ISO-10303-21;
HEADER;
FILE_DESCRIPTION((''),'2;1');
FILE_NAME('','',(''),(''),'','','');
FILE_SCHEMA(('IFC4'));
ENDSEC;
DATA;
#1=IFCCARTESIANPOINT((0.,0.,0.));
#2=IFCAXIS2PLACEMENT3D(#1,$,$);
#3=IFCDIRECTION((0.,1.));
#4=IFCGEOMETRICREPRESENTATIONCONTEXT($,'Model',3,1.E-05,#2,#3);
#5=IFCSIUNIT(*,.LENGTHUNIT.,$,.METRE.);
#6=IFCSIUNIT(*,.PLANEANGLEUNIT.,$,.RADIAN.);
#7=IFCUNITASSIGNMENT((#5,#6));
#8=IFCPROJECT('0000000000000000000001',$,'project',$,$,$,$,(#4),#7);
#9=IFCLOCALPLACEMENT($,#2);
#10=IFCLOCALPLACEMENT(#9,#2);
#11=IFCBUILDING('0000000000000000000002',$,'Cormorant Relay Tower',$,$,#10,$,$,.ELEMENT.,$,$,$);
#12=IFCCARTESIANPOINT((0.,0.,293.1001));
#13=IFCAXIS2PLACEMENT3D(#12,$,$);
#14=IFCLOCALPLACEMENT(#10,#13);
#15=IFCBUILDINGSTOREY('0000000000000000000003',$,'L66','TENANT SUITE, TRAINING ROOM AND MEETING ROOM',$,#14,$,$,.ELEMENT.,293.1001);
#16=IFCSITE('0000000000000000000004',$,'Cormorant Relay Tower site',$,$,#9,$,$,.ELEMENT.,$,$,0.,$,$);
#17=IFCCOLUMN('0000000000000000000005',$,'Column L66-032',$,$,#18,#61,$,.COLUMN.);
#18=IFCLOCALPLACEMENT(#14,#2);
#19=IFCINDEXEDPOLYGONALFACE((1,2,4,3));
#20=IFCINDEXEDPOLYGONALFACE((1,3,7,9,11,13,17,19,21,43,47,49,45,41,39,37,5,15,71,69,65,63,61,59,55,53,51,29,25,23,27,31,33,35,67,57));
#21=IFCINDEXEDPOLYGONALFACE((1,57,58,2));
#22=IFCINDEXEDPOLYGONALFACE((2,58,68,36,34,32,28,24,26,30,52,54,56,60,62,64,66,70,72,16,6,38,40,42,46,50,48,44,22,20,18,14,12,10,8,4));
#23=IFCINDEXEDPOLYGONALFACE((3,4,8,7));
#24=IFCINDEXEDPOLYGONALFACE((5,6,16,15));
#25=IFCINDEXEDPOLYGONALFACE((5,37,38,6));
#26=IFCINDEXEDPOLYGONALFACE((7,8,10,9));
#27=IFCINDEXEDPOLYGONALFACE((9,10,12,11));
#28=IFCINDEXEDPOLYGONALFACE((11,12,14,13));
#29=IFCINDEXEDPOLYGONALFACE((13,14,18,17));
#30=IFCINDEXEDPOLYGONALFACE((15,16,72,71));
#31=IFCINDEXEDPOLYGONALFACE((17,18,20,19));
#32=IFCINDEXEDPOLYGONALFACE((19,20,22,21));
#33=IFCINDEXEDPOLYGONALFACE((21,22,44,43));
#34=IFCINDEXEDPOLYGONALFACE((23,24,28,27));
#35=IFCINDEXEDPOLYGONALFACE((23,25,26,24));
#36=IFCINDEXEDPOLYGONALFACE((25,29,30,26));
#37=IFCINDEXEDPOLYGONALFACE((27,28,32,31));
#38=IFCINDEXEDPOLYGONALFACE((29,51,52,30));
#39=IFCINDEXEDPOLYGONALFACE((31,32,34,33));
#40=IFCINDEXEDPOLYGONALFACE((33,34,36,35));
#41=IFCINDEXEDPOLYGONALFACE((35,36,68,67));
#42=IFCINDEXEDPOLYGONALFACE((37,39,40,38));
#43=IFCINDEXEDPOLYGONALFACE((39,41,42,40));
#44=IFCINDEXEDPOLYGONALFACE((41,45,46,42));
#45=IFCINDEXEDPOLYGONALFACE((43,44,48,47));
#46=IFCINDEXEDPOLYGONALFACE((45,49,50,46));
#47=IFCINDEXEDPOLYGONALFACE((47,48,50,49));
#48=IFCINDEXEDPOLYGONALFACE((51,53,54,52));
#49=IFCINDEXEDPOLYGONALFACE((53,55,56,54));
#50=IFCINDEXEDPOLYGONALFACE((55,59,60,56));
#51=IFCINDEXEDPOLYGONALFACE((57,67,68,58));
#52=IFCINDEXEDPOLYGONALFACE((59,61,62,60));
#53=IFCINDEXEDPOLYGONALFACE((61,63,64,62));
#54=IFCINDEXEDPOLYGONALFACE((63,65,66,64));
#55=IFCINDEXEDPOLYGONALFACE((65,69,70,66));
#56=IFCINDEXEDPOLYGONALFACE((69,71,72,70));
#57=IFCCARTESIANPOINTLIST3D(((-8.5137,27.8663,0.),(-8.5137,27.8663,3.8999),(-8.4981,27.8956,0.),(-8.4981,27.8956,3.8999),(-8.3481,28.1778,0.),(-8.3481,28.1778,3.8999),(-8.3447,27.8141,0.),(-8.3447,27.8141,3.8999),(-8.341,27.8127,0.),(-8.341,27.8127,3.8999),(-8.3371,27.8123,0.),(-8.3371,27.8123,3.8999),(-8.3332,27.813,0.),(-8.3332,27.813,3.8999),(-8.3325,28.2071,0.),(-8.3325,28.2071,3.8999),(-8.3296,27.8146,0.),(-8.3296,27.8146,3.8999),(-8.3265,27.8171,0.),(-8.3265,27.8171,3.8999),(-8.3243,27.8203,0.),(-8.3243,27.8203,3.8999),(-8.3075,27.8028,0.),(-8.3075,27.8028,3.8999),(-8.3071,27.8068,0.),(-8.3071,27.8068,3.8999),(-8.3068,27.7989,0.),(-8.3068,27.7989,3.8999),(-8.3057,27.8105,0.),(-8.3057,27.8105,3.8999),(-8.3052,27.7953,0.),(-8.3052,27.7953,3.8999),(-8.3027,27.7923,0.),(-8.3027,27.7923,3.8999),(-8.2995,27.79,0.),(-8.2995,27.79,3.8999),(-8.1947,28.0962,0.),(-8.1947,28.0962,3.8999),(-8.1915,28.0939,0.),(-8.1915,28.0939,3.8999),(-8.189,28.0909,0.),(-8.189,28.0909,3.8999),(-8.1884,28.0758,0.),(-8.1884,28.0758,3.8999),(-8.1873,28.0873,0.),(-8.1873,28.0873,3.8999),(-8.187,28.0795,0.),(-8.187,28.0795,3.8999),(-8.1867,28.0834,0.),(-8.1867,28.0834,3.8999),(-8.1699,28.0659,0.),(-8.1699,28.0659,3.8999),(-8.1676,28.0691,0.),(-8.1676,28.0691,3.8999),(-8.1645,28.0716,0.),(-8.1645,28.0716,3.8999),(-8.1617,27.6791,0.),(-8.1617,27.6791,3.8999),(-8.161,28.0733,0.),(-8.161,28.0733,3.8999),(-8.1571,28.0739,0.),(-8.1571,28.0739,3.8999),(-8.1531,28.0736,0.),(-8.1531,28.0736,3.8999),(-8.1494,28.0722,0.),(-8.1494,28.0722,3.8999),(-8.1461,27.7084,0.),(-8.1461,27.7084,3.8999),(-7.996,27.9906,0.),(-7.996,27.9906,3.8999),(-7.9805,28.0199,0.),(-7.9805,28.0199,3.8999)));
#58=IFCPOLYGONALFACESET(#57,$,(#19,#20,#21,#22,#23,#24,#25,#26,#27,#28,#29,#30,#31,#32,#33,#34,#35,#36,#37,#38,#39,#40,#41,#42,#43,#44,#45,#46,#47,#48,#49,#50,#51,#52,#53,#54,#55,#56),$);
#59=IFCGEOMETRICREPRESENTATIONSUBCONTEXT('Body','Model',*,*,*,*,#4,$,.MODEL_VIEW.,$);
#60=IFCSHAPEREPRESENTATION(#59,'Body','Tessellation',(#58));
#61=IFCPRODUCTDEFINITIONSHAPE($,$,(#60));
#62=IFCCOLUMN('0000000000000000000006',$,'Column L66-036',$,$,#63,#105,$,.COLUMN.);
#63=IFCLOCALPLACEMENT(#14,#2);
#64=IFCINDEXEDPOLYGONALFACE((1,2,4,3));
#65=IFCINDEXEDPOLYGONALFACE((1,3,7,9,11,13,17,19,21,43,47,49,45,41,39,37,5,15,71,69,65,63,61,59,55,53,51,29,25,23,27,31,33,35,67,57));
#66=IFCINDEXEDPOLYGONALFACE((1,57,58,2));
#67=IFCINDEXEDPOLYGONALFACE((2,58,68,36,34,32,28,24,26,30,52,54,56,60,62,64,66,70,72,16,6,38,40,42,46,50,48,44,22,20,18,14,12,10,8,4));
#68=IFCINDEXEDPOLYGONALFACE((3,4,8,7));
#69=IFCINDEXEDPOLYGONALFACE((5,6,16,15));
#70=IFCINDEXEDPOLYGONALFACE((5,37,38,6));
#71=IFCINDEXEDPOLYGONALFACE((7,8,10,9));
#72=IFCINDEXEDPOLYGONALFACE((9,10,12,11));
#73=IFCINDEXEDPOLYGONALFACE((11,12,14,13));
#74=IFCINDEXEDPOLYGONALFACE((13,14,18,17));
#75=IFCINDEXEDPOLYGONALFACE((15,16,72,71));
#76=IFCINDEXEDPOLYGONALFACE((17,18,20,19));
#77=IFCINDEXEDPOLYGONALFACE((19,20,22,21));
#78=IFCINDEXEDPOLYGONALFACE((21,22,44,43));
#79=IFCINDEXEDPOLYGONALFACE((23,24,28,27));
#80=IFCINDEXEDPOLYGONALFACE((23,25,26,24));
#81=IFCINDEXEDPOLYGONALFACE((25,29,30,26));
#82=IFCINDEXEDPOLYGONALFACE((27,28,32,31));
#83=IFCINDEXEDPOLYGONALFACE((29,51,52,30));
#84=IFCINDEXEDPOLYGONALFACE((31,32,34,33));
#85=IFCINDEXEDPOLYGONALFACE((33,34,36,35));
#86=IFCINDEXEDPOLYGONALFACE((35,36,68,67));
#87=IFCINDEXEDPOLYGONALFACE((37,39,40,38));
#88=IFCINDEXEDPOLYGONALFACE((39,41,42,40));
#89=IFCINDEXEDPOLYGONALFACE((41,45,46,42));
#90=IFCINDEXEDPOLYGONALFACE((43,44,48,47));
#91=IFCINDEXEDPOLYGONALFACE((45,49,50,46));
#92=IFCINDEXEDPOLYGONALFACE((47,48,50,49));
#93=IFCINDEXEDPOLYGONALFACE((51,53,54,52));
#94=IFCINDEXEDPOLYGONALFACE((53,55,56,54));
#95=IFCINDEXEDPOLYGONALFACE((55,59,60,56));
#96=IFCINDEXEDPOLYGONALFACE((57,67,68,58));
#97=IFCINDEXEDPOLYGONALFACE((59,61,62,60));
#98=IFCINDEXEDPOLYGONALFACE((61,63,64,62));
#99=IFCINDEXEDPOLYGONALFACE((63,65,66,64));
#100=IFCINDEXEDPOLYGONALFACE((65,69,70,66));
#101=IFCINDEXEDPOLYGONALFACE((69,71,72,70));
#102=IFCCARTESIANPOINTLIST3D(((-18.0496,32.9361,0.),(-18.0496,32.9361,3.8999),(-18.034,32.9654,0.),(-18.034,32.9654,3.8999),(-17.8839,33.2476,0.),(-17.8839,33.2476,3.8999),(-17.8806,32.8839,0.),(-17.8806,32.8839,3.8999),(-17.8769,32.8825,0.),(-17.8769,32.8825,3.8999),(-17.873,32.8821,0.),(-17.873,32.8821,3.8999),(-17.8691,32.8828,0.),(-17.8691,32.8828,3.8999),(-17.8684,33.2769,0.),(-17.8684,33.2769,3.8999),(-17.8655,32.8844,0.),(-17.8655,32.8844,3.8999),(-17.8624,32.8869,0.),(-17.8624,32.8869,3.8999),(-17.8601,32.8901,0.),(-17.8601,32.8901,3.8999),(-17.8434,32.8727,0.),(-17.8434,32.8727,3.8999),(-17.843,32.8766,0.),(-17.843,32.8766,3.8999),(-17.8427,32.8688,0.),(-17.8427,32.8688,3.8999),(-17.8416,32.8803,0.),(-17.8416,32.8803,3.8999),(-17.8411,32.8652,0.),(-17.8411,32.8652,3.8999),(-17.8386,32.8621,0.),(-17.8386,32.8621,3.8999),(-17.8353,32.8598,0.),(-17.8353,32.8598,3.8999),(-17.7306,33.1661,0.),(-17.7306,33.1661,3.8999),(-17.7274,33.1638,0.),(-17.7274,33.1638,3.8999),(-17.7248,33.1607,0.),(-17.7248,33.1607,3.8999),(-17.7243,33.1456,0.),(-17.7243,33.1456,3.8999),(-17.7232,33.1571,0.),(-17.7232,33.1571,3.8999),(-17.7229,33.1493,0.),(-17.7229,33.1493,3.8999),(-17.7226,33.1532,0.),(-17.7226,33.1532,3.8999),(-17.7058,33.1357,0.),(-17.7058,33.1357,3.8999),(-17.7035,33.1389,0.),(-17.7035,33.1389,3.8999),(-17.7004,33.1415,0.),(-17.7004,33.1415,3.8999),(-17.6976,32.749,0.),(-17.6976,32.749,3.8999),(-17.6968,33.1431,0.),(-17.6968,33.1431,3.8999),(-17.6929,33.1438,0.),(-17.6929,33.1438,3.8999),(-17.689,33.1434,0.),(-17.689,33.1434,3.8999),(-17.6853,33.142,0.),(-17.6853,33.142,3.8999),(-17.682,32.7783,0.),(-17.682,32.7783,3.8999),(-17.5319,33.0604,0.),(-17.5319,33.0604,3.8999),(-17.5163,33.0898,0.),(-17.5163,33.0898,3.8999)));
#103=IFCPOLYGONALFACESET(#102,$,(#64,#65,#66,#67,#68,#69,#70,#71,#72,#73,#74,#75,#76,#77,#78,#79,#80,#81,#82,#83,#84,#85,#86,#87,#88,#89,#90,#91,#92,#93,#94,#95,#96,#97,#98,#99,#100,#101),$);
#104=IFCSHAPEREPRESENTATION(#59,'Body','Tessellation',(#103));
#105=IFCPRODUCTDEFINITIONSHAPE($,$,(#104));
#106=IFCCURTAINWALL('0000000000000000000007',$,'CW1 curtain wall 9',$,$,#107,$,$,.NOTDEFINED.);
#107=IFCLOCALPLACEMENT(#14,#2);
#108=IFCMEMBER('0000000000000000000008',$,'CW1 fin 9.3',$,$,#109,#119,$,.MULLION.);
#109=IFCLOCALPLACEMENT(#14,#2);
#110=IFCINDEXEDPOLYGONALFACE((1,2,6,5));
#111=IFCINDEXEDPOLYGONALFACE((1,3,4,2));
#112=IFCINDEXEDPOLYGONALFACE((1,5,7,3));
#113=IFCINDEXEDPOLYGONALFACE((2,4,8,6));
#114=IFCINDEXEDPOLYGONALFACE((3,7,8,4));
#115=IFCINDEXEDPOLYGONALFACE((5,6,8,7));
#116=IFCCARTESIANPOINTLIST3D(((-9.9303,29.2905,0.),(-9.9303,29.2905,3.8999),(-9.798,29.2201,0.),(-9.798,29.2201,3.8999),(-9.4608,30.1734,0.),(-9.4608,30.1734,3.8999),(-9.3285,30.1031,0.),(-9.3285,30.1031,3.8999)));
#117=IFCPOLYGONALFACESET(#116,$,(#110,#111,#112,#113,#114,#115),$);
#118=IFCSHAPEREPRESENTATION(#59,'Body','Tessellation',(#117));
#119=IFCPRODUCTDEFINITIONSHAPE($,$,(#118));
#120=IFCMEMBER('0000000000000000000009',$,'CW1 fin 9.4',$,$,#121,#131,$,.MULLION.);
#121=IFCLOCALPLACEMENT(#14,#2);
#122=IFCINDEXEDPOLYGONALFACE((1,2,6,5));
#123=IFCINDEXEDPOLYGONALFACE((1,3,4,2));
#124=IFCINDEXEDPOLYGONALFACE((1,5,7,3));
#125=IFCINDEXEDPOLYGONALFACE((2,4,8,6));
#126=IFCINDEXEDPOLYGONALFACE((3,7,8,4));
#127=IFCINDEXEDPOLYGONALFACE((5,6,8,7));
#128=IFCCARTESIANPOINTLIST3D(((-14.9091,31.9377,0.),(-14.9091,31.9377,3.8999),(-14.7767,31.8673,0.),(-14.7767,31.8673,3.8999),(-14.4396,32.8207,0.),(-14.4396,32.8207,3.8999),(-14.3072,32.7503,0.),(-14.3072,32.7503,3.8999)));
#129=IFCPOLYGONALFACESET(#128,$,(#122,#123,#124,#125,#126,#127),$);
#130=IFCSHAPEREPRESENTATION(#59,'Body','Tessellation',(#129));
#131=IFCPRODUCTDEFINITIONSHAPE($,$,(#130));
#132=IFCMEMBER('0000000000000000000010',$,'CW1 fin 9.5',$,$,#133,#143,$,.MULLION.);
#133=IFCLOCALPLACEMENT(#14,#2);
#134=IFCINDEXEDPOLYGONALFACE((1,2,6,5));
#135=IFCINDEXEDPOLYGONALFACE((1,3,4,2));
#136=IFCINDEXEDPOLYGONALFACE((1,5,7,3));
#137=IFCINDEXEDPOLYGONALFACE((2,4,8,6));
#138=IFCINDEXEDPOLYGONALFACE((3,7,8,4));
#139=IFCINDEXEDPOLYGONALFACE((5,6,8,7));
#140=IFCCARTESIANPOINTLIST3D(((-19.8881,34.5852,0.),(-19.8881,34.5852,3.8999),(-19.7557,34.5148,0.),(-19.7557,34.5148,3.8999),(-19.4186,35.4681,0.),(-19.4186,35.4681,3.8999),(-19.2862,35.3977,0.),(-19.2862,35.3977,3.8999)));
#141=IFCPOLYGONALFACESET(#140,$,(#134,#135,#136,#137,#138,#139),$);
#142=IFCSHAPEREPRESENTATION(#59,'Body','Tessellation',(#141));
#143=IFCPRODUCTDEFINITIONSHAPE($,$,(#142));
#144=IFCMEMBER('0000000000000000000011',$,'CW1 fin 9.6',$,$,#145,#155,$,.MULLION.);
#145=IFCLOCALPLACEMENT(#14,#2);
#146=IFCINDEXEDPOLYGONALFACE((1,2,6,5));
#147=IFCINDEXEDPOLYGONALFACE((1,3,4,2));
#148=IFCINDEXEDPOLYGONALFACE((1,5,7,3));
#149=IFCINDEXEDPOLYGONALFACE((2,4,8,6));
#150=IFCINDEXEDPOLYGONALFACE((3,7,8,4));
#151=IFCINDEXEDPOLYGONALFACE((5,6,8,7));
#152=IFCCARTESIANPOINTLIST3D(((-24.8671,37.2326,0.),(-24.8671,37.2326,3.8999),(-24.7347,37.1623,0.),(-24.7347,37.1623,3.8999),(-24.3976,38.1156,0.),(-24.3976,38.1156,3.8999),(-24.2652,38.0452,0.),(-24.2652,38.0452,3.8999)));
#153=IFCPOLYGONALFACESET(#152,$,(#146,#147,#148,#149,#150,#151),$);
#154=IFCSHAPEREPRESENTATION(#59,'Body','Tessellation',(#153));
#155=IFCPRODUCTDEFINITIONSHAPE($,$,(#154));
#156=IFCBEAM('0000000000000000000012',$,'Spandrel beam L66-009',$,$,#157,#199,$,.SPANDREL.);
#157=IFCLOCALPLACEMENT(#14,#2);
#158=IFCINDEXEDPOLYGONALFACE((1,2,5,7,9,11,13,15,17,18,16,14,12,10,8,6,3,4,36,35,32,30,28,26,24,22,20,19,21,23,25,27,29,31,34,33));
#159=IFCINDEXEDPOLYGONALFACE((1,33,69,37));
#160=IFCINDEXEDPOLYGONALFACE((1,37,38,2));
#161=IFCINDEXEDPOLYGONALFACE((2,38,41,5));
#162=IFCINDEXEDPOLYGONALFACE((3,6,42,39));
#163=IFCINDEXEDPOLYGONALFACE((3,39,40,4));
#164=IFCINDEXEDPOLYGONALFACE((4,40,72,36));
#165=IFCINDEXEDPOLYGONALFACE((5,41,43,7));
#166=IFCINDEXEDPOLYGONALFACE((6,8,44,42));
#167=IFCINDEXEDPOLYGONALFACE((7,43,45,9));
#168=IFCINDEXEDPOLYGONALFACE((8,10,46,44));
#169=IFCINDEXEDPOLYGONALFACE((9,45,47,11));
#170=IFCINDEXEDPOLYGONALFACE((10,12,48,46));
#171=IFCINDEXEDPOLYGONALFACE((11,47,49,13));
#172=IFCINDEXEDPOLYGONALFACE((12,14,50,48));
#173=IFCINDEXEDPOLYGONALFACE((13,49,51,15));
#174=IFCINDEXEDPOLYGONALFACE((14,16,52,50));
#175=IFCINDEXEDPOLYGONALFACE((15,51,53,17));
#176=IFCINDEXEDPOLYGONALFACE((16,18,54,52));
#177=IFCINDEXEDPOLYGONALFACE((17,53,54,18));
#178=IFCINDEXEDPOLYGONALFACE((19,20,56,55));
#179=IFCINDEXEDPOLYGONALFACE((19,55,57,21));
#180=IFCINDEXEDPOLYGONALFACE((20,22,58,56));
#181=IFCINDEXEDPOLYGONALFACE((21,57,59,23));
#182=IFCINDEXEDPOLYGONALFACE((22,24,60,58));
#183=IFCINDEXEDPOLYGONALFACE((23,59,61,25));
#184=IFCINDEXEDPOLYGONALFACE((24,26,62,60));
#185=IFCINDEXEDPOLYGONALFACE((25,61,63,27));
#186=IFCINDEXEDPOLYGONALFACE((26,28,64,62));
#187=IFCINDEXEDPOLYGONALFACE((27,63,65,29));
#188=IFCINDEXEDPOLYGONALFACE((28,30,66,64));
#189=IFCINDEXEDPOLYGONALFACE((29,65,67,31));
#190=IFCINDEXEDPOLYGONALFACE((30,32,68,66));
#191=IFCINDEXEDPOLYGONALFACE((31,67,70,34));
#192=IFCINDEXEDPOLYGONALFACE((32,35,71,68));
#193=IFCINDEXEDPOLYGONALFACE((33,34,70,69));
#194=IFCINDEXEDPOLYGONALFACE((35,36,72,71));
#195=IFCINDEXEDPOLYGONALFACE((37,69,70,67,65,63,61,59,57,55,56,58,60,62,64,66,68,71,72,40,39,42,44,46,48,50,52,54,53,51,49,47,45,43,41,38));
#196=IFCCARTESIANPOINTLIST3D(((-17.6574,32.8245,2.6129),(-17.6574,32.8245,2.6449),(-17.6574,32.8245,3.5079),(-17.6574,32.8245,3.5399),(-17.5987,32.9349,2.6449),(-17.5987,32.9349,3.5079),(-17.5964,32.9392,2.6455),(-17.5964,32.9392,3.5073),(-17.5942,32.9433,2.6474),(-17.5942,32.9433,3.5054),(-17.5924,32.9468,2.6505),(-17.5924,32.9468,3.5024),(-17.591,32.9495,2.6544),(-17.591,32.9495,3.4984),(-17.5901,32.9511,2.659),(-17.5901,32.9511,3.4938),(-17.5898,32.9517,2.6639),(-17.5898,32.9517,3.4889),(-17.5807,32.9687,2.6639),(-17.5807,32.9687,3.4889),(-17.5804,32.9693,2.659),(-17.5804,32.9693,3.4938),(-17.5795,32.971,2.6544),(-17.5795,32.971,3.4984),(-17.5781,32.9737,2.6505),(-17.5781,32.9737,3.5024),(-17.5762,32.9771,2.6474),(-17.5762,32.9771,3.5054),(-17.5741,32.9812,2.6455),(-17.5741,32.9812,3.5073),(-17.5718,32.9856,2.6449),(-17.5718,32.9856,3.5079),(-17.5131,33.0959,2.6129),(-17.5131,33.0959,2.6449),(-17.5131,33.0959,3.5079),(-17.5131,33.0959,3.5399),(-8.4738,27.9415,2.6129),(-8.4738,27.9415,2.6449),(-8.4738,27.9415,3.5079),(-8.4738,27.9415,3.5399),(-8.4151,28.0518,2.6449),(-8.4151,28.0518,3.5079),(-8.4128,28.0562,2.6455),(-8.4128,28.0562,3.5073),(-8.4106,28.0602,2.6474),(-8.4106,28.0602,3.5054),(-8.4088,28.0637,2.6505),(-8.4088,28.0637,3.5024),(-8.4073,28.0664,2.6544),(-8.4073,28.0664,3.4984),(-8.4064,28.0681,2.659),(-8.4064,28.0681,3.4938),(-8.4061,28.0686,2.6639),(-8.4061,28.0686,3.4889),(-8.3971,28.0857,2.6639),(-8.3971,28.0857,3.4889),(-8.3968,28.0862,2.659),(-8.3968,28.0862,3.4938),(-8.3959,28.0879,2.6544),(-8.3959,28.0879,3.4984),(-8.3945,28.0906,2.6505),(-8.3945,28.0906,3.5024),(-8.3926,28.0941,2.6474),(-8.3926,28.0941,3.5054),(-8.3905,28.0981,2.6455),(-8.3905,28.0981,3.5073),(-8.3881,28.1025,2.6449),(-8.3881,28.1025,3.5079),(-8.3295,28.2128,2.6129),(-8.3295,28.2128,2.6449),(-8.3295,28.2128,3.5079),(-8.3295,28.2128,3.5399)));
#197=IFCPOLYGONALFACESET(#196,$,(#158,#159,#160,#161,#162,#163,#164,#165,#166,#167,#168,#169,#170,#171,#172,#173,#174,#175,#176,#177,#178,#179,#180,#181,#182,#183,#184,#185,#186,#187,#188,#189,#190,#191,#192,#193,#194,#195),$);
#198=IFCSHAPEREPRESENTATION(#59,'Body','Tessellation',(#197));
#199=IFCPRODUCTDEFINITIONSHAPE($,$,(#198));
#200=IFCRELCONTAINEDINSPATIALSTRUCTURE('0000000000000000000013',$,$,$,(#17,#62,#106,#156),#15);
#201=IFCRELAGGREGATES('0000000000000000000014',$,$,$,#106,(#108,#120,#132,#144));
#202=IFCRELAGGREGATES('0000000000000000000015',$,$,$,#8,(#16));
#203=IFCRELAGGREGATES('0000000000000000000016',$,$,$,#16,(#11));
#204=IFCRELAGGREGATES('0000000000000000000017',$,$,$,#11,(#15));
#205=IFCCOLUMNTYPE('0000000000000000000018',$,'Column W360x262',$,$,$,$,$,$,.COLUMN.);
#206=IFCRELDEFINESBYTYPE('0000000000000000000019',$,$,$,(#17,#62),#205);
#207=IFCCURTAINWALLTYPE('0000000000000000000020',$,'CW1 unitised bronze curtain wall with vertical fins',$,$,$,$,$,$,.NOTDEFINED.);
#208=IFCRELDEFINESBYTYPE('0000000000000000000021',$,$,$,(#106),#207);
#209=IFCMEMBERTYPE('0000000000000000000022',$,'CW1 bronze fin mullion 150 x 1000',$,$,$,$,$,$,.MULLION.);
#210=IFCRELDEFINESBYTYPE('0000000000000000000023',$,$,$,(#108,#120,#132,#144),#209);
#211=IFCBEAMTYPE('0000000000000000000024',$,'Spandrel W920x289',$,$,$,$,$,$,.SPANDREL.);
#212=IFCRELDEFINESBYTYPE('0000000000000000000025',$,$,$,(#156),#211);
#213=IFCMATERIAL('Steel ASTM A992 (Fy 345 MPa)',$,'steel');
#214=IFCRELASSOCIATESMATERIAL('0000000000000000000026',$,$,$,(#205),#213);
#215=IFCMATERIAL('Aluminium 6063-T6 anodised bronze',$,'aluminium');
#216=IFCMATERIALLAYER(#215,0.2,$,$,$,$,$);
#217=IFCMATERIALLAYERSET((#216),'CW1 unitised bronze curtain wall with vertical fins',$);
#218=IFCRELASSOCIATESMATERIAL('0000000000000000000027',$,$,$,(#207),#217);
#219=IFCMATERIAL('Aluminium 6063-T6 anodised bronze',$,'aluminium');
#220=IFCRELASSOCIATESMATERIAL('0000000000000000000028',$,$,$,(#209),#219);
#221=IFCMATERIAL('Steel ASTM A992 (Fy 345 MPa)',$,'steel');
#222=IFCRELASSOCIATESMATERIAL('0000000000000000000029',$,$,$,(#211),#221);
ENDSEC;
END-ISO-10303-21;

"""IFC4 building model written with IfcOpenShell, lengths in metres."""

from ifc_helpers import new_model, si_unit, direction, frame, origin, origin_2d, place, context, subcontext, project, spatial, rectangle, i_section, extrude, material, layer, layer_set, material_profile, profile_set, type_object, element, aggregate, save


model = new_model("IFC4")

# Units and contexts
model_context = context("Model", 3, precision=1e-05, world=origin(), true_north=direction((0.0, 1.0)))
body_context = subcontext(model_context, "Body", "Model", "MODEL_VIEW")
ifc_project = project(units=[si_unit("LENGTHUNIT", "METRE"), si_unit("PLANEANGLEUNIT", "RADIAN")], contexts=[model_context])

# Site, building, storey
site_placement = place(None, origin())
site = spatial("IfcSite", under=ifc_project, at=site_placement, Name="Cormorant Relay Tower site", CompositionType="ELEMENT", RefElevation=0.0)
building_placement = place(site_placement, origin())
building = spatial("IfcBuilding", under=site, at=building_placement, Name="Cormorant Relay Tower", CompositionType="ELEMENT")
storey_placement = place(building_placement, frame((0.0, 0.0, 293.1001)))
storey = spatial("IfcBuildingStorey", under=building, at=storey_placement, Name="L66", Description="TENANT SUITE, TRAINING ROOM AND MEETING ROOM", CompositionType="ELEMENT", Elevation=293.1001)

# Columns
ifc_material_1 = material(Name="Steel ASTM A992 (Fy 345 MPa)", Category="steel")
ifc_material_profile_1 = material_profile(ifc_material_1, i_section(OverallWidth=0.3987, OverallDepth=0.386, WebThickness=0.021, FlangeThickness=0.0332, FilletRadius=0.0151, at=origin_2d()), Name="W360x262")
ifc_profile_set_1 = profile_set([ifc_material_profile_1], Name="Steel ASTM A992 (Fy 345 MPa)")
column_type = type_object("IfcColumnType", Name="Column W360x262", PredefinedType="COLUMN", material=ifc_profile_set_1)
for number, where, z_axis, x_axis, name in (
    (1, (-8.2471, 27.9431, 0.0), (0.0, 0.0, 1.0), (-0.882948, 0.469472, 0.0), "Column L66-032"),
    (2, (-17.783, 33.0129, 0.0), (0.0, 0.0, 1.0), (-0.882948, 0.469472, 0.0), "Column L66-036"),
):
    element("IfcColumn", number, at=place(storey_placement, frame(where, z_axis=z_axis, x_axis=x_axis)), inside=storey, type_object=column_type, Name=name, PredefinedType="COLUMN", context=body_context, shape_type="SweptSolid", body=[
        extrude(i_section(OverallWidth=0.3987, OverallDepth=0.386, WebThickness=0.021, FlangeThickness=0.0332, FilletRadius=0.0151, at=origin_2d()), origin(), (0.0, 0.0, 1.0), 3.8999),
    ])

# Curtain wall, members
ifc_material_2 = material(Name="Aluminium 6063-T6 anodised bronze", Category="aluminium")
ifc_layer_1 = layer(ifc_material_2, 0.2)
ifc_layer_set_1 = layer_set([ifc_layer_1], Name="CW1 unitised bronze curtain wall with vertical fins")
curtain_wall_type = type_object("IfcCurtainWallType", Name="CW1 unitised bronze curtain wall with vertical fins", PredefinedType="NOTDEFINED", material=ifc_layer_set_1)
curtain_wall_placement = place(storey_placement, origin())
curtain_wall = element("IfcCurtainWall", 3, at=curtain_wall_placement, inside=storey, type_object=curtain_wall_type, Name="CW1 curtain wall 9", PredefinedType="NOTDEFINED")
ifc_material_3 = material(Name="Aluminium 6063-T6 anodised bronze", Category="aluminium")
ifc_material_profile_2 = material_profile(ifc_material_3, rectangle(XDim=0.1499, YDim=1.0, at=origin_2d()), Name="AL 150x1000")
ifc_profile_set_2 = profile_set([ifc_material_profile_2], Name="Aluminium 6063-T6 anodised bronze")
member_type = type_object("IfcMemberType", Name="CW1 bronze fin mullion 150 x 1000", PredefinedType="MULLION", material=ifc_profile_set_2)
member_1_placement = place(storey_placement, frame((-9.6294, 29.6968, 0.0), z_axis=(0.0, 0.0, 1.0), x_axis=(-0.882948, 0.469472, 0.0)))
member_1 = element("IfcMember", 4, at=member_1_placement, type_object=member_type, Name="CW1 fin 9.3", PredefinedType="MULLION", context=body_context, shape_type="SweptSolid", body=[
    extrude(rectangle(XDim=0.1499, YDim=1.0, at=origin_2d()), origin(), (0.0, 0.0, 1.0), 3.8999),
])
member_2_placement = place(storey_placement, frame((-14.6082, 32.344, 0.0), z_axis=(0.0, 0.0, 1.0), x_axis=(-0.882948, 0.469472, 0.0)))
member_2 = element("IfcMember", 5, at=member_2_placement, type_object=member_type, Name="CW1 fin 9.4", PredefinedType="MULLION", context=body_context, shape_type="SweptSolid", body=[
    extrude(rectangle(XDim=0.1499, YDim=1.0, at=origin_2d()), origin(), (0.0, 0.0, 1.0), 3.8999),
])
member_3_placement = place(storey_placement, frame((-19.5872, 34.9915, 0.0), z_axis=(0.0, 0.0, 1.0), x_axis=(-0.882948, 0.469472, 0.0)))
member_3 = element("IfcMember", 6, at=member_3_placement, type_object=member_type, Name="CW1 fin 9.5", PredefinedType="MULLION", context=body_context, shape_type="SweptSolid", body=[
    extrude(rectangle(XDim=0.1499, YDim=1.0, at=origin_2d()), origin(), (0.0, 0.0, 1.0), 3.8999),
])
member_4_placement = place(storey_placement, frame((-24.5662, 37.6389, 0.0), z_axis=(0.0, 0.0, 1.0), x_axis=(-0.882948, 0.469472, 0.0)))
member_4 = element("IfcMember", 7, at=member_4_placement, type_object=member_type, Name="CW1 fin 9.6", PredefinedType="MULLION", context=body_context, shape_type="SweptSolid", body=[
    extrude(rectangle(XDim=0.1499, YDim=1.0, at=origin_2d()), origin(), (0.0, 0.0, 1.0), 3.8999),
])

# Beam
ifc_material_4 = material(Name="Steel ASTM A992 (Fy 345 MPa)", Category="steel")
ifc_material_profile_3 = material_profile(ifc_material_4, i_section(OverallWidth=0.3074, OverallDepth=0.927, WebThickness=0.0193, FlangeThickness=0.032, FilletRadius=0.019, at=origin_2d()), Name="W920x289")
ifc_profile_set_3 = profile_set([ifc_material_profile_3], Name="Steel ASTM A992 (Fy 345 MPa)")
beam_type_1 = type_object("IfcBeamType", Name="Spandrel W920x289", PredefinedType="SPANDREL", material=ifc_profile_set_3)
beam_1_placement = place(storey_placement, frame((-8.4016, 28.0771, 3.0764), z_axis=(-0.882945, 0.469476, 0.0), x_axis=(-0.469476, -0.882945, 0.0)))
element("IfcBeam", 8, at=beam_1_placement, inside=storey, type_object=beam_type_1, Name="Spandrel beam L66-009", PredefinedType="SPANDREL", context=body_context, shape_type="SweptSolid", body=[
    extrude(i_section(OverallWidth=0.3074, OverallDepth=0.927, WebThickness=0.0193, FlangeThickness=0.032, FilletRadius=0.019, at=origin_2d()), origin(), (0.0, 0.0, 1.0), 10.4011),
])

aggregate(curtain_wall, [member_1, member_2, member_3, member_4])

save(model, "model.ifc")
